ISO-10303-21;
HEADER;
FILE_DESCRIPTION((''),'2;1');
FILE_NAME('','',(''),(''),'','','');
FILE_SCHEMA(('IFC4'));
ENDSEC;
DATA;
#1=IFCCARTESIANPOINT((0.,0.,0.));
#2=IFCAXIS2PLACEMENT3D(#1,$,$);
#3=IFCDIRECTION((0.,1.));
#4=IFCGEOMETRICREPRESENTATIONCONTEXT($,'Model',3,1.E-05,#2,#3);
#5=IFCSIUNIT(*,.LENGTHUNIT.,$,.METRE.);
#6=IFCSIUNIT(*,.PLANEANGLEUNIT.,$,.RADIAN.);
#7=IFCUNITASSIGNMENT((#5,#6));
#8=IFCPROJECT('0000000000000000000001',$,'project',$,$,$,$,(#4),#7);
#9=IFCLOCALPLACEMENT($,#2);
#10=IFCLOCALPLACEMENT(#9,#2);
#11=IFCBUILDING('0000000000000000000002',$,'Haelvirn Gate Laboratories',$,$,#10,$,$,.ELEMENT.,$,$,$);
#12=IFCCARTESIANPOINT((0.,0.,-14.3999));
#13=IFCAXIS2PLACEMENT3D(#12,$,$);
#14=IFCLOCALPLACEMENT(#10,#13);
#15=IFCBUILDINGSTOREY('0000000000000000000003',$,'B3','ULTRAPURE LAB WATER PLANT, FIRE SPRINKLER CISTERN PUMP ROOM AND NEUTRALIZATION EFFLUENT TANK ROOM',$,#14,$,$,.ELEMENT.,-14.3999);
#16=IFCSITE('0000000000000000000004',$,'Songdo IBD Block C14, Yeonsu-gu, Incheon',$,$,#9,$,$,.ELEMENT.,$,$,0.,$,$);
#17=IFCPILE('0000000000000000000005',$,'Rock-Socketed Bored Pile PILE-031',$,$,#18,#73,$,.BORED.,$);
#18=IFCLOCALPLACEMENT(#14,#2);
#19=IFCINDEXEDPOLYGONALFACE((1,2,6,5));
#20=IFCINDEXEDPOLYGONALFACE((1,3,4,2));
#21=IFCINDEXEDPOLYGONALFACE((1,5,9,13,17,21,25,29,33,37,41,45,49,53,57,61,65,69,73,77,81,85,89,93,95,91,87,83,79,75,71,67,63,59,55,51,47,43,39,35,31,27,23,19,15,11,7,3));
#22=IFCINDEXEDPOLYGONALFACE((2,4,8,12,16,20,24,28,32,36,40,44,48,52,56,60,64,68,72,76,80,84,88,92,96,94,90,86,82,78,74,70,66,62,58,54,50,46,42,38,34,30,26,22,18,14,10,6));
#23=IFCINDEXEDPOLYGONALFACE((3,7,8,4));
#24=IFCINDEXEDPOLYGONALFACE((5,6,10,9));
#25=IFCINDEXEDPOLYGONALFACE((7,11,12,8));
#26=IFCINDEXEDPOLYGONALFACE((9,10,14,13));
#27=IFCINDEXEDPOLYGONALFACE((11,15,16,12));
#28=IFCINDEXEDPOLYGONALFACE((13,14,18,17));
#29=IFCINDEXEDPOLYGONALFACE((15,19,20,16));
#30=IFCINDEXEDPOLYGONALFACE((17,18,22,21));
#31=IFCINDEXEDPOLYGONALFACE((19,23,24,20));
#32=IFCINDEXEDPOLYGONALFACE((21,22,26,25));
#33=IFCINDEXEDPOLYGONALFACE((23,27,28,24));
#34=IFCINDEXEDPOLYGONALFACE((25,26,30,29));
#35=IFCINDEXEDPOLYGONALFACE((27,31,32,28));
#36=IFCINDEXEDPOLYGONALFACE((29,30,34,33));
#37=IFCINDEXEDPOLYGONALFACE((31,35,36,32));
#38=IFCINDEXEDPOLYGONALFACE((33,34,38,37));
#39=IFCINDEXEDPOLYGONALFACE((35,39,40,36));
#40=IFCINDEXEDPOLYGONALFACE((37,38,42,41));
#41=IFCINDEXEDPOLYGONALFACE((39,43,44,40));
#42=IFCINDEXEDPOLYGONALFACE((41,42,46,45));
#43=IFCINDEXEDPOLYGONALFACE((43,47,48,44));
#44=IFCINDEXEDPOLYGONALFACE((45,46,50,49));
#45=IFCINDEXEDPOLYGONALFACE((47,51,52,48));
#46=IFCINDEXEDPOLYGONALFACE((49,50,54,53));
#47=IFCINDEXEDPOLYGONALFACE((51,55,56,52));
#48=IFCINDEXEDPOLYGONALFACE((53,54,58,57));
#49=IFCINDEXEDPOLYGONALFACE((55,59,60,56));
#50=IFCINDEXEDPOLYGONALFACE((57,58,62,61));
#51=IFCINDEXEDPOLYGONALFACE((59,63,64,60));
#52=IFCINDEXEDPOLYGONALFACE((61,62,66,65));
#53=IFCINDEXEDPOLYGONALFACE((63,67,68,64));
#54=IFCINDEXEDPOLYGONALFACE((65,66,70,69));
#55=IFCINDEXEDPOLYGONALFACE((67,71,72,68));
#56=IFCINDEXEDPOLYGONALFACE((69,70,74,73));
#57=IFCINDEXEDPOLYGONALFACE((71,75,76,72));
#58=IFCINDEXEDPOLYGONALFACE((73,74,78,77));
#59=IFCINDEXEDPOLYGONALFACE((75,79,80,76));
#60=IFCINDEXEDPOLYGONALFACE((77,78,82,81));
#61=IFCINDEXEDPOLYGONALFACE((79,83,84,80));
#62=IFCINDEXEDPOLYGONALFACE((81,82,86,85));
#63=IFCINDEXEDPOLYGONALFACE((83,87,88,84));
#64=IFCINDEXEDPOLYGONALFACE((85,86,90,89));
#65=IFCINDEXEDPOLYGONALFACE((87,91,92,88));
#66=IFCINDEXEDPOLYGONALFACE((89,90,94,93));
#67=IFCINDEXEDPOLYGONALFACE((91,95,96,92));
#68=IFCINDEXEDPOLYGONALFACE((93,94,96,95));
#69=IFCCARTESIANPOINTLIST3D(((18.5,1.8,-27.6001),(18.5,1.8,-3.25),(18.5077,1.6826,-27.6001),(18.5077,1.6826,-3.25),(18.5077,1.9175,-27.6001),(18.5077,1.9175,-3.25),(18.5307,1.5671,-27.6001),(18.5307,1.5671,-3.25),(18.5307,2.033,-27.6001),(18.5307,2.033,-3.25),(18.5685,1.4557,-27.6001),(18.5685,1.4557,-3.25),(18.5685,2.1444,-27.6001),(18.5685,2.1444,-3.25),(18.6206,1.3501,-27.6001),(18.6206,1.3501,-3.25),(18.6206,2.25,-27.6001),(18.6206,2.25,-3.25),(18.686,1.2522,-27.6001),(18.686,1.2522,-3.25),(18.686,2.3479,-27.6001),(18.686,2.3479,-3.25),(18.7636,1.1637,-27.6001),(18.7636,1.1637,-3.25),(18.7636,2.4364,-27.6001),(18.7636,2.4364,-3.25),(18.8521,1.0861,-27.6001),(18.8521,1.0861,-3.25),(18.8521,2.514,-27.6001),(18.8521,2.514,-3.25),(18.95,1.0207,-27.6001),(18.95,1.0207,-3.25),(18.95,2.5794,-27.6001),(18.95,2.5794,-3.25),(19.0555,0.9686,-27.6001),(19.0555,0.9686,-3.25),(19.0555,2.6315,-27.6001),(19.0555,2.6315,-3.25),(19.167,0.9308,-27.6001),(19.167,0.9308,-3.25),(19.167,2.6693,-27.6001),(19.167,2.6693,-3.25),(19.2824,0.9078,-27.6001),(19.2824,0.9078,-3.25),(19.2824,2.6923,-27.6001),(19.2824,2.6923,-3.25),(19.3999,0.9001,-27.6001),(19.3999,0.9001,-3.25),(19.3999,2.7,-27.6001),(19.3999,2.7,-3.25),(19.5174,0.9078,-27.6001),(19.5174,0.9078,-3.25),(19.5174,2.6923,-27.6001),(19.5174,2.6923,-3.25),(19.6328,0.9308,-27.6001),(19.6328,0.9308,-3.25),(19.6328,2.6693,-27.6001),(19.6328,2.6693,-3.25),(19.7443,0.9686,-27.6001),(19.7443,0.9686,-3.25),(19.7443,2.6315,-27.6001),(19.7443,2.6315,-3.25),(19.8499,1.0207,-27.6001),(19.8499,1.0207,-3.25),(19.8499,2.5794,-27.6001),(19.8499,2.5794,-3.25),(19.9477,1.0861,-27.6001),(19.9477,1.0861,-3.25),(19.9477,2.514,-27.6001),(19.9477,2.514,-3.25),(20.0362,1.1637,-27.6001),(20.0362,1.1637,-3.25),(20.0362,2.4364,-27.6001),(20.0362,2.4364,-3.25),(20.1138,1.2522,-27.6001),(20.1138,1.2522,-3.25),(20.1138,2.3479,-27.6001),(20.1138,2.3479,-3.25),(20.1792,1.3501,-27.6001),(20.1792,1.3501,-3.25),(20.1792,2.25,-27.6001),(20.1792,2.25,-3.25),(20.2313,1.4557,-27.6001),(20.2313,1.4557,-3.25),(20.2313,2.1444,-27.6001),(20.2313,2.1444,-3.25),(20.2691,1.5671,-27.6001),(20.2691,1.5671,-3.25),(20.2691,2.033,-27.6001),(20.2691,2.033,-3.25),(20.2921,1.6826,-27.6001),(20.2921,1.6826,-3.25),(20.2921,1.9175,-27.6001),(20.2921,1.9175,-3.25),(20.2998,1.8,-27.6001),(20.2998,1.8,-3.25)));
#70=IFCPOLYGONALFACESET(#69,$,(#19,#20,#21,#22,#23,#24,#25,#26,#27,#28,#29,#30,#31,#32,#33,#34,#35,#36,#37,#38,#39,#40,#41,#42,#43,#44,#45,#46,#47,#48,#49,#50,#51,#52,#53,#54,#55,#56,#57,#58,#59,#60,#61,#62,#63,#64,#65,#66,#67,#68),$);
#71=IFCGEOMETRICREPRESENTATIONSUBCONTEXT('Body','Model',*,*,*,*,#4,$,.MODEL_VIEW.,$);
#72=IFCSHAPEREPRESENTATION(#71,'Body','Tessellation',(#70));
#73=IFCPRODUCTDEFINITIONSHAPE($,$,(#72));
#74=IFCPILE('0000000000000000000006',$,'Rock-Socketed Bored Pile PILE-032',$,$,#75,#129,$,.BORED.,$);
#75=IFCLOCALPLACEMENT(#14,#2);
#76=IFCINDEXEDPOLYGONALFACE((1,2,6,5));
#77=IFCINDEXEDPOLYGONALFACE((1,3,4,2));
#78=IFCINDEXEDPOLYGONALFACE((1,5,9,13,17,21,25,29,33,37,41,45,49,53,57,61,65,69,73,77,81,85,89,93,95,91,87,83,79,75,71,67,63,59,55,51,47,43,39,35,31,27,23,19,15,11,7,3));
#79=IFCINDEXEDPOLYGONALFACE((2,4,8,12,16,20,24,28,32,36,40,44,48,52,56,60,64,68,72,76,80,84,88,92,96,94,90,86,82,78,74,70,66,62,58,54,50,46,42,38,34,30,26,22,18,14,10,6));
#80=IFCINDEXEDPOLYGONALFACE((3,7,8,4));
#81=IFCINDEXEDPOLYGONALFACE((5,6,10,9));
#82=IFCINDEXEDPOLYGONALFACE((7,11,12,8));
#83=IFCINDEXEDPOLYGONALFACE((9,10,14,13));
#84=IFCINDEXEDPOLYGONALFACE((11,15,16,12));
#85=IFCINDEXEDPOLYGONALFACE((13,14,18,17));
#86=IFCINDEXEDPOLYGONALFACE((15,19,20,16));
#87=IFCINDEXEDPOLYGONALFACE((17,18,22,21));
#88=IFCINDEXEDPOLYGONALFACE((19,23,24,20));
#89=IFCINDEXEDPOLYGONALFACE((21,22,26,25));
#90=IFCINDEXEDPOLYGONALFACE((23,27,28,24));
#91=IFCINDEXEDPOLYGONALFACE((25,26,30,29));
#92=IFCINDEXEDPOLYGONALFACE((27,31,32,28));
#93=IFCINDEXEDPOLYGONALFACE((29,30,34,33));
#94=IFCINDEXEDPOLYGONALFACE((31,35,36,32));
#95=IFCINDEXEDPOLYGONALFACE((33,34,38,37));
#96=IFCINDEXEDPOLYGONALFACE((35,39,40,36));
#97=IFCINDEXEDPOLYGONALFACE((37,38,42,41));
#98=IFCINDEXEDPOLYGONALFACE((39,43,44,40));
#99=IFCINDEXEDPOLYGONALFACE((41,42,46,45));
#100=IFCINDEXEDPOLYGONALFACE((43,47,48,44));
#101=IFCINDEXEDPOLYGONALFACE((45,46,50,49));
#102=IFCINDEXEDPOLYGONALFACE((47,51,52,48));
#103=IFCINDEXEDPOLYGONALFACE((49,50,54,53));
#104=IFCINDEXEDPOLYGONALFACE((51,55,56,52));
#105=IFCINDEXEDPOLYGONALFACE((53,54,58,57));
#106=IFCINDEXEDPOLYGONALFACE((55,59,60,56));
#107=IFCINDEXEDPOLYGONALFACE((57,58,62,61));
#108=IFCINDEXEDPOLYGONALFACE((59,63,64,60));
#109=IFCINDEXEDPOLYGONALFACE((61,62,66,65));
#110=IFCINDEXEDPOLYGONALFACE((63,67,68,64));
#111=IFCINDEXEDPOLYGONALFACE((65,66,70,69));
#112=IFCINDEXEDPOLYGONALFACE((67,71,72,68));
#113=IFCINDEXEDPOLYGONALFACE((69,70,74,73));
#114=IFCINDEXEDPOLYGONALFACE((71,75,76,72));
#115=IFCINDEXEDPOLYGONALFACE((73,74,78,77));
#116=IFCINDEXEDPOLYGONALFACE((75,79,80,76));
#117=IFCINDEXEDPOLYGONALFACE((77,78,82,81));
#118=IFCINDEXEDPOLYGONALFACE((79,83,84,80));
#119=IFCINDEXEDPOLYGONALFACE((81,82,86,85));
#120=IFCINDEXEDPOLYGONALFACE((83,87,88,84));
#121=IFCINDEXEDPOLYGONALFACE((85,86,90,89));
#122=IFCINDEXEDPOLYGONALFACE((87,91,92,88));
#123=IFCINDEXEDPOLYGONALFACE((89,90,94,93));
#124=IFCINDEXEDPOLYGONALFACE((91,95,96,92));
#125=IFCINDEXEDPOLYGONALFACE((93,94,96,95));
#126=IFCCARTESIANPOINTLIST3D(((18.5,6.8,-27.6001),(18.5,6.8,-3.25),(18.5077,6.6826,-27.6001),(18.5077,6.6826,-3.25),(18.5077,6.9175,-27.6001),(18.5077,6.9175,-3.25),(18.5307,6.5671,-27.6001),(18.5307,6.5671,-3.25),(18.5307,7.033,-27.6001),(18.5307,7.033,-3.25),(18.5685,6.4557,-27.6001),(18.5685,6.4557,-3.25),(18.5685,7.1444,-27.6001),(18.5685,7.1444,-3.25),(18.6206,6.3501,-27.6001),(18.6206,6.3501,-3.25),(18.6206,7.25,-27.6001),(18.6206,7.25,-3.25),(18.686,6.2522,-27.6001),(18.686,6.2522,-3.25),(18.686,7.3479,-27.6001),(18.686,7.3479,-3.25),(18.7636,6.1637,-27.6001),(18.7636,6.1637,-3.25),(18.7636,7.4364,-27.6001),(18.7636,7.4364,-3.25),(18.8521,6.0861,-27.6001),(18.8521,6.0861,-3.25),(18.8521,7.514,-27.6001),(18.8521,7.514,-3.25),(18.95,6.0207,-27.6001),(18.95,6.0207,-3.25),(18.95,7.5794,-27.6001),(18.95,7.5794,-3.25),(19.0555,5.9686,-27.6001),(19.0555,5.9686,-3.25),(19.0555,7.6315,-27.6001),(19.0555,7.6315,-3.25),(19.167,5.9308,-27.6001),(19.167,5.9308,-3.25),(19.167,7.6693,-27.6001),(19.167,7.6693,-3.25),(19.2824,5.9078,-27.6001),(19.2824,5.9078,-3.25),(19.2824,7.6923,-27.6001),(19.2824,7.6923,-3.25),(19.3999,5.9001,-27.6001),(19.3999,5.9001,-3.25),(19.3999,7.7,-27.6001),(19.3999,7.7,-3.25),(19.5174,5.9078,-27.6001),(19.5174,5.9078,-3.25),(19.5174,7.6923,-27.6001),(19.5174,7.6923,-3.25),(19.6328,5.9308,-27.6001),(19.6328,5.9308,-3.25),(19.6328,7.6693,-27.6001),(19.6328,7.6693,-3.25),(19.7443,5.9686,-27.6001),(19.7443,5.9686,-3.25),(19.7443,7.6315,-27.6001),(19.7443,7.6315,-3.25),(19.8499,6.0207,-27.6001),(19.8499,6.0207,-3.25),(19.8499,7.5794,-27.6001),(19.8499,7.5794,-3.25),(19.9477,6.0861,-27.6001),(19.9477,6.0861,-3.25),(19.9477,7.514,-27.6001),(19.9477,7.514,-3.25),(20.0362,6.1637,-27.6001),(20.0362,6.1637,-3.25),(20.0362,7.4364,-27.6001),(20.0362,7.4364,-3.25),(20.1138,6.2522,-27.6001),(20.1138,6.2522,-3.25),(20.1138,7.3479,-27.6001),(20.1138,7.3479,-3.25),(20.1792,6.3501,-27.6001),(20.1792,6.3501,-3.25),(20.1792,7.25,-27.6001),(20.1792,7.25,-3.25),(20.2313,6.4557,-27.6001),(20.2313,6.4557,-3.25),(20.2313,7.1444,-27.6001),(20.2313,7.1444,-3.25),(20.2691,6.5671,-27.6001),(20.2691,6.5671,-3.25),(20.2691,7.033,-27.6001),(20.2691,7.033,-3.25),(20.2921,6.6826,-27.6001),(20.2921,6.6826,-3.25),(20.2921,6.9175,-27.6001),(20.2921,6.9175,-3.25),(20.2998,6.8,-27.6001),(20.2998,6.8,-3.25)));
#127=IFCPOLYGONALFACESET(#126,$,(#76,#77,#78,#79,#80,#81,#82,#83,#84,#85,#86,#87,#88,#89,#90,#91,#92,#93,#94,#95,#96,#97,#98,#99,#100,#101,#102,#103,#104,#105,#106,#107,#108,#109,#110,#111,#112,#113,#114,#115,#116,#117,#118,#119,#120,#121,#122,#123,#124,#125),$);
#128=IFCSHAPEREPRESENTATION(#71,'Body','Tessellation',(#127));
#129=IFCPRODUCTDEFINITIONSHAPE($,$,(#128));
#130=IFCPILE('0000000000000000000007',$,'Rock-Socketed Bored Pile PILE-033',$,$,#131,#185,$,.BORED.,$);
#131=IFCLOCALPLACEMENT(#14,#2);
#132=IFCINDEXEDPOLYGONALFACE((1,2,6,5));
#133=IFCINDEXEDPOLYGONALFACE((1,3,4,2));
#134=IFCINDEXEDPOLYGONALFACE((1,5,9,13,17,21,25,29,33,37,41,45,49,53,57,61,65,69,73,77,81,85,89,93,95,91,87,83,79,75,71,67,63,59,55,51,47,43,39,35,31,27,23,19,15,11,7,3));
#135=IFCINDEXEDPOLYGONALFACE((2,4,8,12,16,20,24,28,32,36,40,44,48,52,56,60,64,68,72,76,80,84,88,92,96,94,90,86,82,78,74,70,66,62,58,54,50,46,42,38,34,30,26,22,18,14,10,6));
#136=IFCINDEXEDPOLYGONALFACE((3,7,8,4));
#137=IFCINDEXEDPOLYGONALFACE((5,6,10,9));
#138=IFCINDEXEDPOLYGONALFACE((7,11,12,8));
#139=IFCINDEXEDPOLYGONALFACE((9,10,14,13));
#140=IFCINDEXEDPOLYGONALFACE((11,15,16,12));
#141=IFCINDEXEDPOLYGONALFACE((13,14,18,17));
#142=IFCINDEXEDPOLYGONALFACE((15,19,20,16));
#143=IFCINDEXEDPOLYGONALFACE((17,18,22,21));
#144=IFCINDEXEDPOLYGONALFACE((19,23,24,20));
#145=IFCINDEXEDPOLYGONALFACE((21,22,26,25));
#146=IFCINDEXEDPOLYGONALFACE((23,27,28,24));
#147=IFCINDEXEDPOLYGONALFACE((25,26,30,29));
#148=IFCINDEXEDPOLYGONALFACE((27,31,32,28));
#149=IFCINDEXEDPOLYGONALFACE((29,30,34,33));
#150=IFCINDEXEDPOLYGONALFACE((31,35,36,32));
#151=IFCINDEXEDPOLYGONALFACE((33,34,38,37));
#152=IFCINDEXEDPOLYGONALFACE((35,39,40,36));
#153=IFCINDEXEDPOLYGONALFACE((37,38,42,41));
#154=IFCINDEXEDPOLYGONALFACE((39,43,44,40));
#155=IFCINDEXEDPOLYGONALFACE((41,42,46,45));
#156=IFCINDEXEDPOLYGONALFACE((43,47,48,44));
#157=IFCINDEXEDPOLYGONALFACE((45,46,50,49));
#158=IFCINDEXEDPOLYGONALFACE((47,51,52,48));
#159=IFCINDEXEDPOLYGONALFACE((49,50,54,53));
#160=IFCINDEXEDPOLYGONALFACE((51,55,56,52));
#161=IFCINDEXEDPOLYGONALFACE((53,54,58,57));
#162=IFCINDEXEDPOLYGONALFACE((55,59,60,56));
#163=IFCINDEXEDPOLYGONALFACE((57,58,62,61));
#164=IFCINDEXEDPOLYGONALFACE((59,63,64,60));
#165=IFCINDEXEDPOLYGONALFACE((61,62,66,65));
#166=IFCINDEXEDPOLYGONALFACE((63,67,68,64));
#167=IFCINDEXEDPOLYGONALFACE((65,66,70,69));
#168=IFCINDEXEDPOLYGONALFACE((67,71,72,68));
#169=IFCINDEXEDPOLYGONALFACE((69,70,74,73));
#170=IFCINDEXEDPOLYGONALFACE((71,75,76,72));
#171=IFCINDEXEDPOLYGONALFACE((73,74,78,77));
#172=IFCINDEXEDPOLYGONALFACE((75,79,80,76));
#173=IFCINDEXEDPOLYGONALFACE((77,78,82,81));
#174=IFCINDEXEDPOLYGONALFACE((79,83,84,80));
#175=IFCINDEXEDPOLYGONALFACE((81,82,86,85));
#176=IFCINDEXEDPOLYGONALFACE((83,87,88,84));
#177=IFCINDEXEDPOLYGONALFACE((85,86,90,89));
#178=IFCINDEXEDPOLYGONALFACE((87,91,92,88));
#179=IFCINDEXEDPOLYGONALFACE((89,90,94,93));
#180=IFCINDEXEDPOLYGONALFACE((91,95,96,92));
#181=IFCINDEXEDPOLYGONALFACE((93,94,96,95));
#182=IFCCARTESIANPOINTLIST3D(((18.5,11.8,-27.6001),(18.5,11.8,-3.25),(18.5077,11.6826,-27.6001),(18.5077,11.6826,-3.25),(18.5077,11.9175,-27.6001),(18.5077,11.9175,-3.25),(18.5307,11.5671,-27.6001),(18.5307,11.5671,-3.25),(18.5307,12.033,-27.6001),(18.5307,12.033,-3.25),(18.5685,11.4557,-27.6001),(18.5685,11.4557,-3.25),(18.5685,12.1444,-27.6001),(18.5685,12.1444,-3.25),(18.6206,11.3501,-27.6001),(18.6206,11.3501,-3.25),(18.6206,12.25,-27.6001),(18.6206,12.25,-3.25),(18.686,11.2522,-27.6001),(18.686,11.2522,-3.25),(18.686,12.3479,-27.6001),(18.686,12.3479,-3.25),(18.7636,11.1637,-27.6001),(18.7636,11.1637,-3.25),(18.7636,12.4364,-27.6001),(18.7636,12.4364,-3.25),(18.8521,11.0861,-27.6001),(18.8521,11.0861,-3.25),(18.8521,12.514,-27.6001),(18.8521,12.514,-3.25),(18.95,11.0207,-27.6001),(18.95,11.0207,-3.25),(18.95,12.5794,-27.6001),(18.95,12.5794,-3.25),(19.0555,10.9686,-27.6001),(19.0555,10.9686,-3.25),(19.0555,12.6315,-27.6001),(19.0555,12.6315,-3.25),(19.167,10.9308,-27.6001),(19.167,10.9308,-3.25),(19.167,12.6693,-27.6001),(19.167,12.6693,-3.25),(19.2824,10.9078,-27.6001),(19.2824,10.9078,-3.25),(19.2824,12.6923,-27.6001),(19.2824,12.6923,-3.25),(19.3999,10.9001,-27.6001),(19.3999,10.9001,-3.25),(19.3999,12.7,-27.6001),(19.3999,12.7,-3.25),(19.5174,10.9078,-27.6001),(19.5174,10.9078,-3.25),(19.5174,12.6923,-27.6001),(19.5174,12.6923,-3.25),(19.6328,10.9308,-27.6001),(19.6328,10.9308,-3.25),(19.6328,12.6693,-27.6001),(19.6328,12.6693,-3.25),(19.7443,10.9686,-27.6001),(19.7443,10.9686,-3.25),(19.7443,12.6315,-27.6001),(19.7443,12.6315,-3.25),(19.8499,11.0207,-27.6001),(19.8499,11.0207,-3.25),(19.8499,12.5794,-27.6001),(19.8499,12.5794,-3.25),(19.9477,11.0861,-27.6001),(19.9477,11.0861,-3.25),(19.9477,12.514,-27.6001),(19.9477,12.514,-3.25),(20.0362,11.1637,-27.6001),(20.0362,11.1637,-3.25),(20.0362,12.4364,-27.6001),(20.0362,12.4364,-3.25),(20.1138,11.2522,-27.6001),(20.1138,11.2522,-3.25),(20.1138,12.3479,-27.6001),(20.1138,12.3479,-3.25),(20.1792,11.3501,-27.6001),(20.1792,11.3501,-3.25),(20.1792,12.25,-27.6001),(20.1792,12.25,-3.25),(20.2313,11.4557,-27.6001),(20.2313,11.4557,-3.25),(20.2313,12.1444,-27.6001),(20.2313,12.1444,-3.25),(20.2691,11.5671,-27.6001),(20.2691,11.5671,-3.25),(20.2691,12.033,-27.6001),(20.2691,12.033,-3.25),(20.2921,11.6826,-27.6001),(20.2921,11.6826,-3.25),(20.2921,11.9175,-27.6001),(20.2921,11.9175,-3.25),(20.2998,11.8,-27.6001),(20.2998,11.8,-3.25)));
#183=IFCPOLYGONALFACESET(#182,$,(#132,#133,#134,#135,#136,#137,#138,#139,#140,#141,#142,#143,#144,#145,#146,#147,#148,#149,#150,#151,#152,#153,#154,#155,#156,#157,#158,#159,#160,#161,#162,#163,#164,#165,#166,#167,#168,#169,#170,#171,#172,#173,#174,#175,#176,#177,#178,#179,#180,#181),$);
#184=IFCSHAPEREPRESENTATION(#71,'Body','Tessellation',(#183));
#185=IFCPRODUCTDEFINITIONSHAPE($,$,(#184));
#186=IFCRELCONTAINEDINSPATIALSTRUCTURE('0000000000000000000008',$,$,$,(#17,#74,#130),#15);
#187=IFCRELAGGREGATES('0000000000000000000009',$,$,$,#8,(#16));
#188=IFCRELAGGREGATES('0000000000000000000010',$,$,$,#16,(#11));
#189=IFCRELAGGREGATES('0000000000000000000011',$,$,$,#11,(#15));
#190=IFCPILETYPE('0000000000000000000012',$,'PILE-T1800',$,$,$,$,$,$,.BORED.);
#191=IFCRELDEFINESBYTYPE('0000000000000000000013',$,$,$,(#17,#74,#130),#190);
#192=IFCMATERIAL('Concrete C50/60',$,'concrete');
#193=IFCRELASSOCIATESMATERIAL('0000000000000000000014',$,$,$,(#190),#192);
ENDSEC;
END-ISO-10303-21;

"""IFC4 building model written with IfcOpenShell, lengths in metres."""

from ifc_helpers import new_model, si_unit, direction, frame, origin, origin_2d, place, context, subcontext, project, spatial, circle, extrude, source, transform, mapped, material, material_profile, profile_set, type_object, element, save


model = new_model("IFC4")

# Units and contexts
model_context = context("Model", 3, precision=1e-05, world=origin(), true_north=direction((0.0, 1.0)))
body_context = subcontext(model_context, "Body", "Model", "MODEL_VIEW")
ifc_project = project(units=[si_unit("LENGTHUNIT", "METRE"), si_unit("PLANEANGLEUNIT", "RADIAN")], contexts=[model_context])

# Site, building, storey
site_placement = place(None, origin())
site = spatial("IfcSite", under=ifc_project, at=site_placement, Name="Songdo IBD Block C14, Yeonsu-gu, Incheon", CompositionType="ELEMENT", RefElevation=0.0)
building_placement = place(site_placement, origin())
building = spatial("IfcBuilding", under=site, at=building_placement, Name="Haelvirn Gate Laboratories", CompositionType="ELEMENT")
storey_placement = place(building_placement, frame((0.0, 0.0, -14.3999)))
storey = spatial("IfcBuildingStorey", under=building, at=storey_placement, Name="B3", Description="ULTRAPURE LAB WATER PLANT, FIRE SPRINKLER CISTERN PUMP ROOM AND NEUTRALIZATION EFFLUENT TANK ROOM", CompositionType="ELEMENT", Elevation=-14.3999)

# Piles
ifc_material_1 = material(Name="Concrete C50/60", Category="concrete")
ifc_material_profile_1 = material_profile(ifc_material_1, circle(Radius=0.8999, at=origin_2d()), Name="PILE-D1800")
ifc_profile_set_1 = profile_set([ifc_material_profile_1], Name="Concrete C50/60")
pile_type = type_object("IfcPileType", Name="PILE-T1800", PredefinedType="BORED", material=ifc_profile_set_1)
shared_shape_1 = source(origin(), body_context, "Body", "SweptSolid", [
    extrude(circle(Radius=0.8999, at=origin_2d()), origin(), (0.0, 0.0, 1.0), 24.3501),
])
for number, where, z_axis, x_axis, name in (
    (1, (19.3999, 1.8, -3.25), (0.0, 0.0, -1.0), (1.0, 0.0, 0.0), "Rock-Socketed Bored Pile PILE-031"),
    (2, (19.3999, 6.8, -3.25), (0.0, 0.0, -1.0), (1.0, 0.0, 0.0), "Rock-Socketed Bored Pile PILE-032"),
    (3, (19.3999, 11.8, -3.25), (0.0, 0.0, -1.0), (1.0, 0.0, 0.0), "Rock-Socketed Bored Pile PILE-033"),
):
    element("IfcPile", number, at=place(storey_placement, frame(where, z_axis=z_axis, x_axis=x_axis)), inside=storey, type_object=pile_type, Name=name, PredefinedType="BORED", context=body_context, shape_type="MappedRepresentation", body=[
        mapped(shared_shape_1, transform((0.0, 0.0, 0.0), scale=1.0)),
    ])

save(model, "model.ifc")
